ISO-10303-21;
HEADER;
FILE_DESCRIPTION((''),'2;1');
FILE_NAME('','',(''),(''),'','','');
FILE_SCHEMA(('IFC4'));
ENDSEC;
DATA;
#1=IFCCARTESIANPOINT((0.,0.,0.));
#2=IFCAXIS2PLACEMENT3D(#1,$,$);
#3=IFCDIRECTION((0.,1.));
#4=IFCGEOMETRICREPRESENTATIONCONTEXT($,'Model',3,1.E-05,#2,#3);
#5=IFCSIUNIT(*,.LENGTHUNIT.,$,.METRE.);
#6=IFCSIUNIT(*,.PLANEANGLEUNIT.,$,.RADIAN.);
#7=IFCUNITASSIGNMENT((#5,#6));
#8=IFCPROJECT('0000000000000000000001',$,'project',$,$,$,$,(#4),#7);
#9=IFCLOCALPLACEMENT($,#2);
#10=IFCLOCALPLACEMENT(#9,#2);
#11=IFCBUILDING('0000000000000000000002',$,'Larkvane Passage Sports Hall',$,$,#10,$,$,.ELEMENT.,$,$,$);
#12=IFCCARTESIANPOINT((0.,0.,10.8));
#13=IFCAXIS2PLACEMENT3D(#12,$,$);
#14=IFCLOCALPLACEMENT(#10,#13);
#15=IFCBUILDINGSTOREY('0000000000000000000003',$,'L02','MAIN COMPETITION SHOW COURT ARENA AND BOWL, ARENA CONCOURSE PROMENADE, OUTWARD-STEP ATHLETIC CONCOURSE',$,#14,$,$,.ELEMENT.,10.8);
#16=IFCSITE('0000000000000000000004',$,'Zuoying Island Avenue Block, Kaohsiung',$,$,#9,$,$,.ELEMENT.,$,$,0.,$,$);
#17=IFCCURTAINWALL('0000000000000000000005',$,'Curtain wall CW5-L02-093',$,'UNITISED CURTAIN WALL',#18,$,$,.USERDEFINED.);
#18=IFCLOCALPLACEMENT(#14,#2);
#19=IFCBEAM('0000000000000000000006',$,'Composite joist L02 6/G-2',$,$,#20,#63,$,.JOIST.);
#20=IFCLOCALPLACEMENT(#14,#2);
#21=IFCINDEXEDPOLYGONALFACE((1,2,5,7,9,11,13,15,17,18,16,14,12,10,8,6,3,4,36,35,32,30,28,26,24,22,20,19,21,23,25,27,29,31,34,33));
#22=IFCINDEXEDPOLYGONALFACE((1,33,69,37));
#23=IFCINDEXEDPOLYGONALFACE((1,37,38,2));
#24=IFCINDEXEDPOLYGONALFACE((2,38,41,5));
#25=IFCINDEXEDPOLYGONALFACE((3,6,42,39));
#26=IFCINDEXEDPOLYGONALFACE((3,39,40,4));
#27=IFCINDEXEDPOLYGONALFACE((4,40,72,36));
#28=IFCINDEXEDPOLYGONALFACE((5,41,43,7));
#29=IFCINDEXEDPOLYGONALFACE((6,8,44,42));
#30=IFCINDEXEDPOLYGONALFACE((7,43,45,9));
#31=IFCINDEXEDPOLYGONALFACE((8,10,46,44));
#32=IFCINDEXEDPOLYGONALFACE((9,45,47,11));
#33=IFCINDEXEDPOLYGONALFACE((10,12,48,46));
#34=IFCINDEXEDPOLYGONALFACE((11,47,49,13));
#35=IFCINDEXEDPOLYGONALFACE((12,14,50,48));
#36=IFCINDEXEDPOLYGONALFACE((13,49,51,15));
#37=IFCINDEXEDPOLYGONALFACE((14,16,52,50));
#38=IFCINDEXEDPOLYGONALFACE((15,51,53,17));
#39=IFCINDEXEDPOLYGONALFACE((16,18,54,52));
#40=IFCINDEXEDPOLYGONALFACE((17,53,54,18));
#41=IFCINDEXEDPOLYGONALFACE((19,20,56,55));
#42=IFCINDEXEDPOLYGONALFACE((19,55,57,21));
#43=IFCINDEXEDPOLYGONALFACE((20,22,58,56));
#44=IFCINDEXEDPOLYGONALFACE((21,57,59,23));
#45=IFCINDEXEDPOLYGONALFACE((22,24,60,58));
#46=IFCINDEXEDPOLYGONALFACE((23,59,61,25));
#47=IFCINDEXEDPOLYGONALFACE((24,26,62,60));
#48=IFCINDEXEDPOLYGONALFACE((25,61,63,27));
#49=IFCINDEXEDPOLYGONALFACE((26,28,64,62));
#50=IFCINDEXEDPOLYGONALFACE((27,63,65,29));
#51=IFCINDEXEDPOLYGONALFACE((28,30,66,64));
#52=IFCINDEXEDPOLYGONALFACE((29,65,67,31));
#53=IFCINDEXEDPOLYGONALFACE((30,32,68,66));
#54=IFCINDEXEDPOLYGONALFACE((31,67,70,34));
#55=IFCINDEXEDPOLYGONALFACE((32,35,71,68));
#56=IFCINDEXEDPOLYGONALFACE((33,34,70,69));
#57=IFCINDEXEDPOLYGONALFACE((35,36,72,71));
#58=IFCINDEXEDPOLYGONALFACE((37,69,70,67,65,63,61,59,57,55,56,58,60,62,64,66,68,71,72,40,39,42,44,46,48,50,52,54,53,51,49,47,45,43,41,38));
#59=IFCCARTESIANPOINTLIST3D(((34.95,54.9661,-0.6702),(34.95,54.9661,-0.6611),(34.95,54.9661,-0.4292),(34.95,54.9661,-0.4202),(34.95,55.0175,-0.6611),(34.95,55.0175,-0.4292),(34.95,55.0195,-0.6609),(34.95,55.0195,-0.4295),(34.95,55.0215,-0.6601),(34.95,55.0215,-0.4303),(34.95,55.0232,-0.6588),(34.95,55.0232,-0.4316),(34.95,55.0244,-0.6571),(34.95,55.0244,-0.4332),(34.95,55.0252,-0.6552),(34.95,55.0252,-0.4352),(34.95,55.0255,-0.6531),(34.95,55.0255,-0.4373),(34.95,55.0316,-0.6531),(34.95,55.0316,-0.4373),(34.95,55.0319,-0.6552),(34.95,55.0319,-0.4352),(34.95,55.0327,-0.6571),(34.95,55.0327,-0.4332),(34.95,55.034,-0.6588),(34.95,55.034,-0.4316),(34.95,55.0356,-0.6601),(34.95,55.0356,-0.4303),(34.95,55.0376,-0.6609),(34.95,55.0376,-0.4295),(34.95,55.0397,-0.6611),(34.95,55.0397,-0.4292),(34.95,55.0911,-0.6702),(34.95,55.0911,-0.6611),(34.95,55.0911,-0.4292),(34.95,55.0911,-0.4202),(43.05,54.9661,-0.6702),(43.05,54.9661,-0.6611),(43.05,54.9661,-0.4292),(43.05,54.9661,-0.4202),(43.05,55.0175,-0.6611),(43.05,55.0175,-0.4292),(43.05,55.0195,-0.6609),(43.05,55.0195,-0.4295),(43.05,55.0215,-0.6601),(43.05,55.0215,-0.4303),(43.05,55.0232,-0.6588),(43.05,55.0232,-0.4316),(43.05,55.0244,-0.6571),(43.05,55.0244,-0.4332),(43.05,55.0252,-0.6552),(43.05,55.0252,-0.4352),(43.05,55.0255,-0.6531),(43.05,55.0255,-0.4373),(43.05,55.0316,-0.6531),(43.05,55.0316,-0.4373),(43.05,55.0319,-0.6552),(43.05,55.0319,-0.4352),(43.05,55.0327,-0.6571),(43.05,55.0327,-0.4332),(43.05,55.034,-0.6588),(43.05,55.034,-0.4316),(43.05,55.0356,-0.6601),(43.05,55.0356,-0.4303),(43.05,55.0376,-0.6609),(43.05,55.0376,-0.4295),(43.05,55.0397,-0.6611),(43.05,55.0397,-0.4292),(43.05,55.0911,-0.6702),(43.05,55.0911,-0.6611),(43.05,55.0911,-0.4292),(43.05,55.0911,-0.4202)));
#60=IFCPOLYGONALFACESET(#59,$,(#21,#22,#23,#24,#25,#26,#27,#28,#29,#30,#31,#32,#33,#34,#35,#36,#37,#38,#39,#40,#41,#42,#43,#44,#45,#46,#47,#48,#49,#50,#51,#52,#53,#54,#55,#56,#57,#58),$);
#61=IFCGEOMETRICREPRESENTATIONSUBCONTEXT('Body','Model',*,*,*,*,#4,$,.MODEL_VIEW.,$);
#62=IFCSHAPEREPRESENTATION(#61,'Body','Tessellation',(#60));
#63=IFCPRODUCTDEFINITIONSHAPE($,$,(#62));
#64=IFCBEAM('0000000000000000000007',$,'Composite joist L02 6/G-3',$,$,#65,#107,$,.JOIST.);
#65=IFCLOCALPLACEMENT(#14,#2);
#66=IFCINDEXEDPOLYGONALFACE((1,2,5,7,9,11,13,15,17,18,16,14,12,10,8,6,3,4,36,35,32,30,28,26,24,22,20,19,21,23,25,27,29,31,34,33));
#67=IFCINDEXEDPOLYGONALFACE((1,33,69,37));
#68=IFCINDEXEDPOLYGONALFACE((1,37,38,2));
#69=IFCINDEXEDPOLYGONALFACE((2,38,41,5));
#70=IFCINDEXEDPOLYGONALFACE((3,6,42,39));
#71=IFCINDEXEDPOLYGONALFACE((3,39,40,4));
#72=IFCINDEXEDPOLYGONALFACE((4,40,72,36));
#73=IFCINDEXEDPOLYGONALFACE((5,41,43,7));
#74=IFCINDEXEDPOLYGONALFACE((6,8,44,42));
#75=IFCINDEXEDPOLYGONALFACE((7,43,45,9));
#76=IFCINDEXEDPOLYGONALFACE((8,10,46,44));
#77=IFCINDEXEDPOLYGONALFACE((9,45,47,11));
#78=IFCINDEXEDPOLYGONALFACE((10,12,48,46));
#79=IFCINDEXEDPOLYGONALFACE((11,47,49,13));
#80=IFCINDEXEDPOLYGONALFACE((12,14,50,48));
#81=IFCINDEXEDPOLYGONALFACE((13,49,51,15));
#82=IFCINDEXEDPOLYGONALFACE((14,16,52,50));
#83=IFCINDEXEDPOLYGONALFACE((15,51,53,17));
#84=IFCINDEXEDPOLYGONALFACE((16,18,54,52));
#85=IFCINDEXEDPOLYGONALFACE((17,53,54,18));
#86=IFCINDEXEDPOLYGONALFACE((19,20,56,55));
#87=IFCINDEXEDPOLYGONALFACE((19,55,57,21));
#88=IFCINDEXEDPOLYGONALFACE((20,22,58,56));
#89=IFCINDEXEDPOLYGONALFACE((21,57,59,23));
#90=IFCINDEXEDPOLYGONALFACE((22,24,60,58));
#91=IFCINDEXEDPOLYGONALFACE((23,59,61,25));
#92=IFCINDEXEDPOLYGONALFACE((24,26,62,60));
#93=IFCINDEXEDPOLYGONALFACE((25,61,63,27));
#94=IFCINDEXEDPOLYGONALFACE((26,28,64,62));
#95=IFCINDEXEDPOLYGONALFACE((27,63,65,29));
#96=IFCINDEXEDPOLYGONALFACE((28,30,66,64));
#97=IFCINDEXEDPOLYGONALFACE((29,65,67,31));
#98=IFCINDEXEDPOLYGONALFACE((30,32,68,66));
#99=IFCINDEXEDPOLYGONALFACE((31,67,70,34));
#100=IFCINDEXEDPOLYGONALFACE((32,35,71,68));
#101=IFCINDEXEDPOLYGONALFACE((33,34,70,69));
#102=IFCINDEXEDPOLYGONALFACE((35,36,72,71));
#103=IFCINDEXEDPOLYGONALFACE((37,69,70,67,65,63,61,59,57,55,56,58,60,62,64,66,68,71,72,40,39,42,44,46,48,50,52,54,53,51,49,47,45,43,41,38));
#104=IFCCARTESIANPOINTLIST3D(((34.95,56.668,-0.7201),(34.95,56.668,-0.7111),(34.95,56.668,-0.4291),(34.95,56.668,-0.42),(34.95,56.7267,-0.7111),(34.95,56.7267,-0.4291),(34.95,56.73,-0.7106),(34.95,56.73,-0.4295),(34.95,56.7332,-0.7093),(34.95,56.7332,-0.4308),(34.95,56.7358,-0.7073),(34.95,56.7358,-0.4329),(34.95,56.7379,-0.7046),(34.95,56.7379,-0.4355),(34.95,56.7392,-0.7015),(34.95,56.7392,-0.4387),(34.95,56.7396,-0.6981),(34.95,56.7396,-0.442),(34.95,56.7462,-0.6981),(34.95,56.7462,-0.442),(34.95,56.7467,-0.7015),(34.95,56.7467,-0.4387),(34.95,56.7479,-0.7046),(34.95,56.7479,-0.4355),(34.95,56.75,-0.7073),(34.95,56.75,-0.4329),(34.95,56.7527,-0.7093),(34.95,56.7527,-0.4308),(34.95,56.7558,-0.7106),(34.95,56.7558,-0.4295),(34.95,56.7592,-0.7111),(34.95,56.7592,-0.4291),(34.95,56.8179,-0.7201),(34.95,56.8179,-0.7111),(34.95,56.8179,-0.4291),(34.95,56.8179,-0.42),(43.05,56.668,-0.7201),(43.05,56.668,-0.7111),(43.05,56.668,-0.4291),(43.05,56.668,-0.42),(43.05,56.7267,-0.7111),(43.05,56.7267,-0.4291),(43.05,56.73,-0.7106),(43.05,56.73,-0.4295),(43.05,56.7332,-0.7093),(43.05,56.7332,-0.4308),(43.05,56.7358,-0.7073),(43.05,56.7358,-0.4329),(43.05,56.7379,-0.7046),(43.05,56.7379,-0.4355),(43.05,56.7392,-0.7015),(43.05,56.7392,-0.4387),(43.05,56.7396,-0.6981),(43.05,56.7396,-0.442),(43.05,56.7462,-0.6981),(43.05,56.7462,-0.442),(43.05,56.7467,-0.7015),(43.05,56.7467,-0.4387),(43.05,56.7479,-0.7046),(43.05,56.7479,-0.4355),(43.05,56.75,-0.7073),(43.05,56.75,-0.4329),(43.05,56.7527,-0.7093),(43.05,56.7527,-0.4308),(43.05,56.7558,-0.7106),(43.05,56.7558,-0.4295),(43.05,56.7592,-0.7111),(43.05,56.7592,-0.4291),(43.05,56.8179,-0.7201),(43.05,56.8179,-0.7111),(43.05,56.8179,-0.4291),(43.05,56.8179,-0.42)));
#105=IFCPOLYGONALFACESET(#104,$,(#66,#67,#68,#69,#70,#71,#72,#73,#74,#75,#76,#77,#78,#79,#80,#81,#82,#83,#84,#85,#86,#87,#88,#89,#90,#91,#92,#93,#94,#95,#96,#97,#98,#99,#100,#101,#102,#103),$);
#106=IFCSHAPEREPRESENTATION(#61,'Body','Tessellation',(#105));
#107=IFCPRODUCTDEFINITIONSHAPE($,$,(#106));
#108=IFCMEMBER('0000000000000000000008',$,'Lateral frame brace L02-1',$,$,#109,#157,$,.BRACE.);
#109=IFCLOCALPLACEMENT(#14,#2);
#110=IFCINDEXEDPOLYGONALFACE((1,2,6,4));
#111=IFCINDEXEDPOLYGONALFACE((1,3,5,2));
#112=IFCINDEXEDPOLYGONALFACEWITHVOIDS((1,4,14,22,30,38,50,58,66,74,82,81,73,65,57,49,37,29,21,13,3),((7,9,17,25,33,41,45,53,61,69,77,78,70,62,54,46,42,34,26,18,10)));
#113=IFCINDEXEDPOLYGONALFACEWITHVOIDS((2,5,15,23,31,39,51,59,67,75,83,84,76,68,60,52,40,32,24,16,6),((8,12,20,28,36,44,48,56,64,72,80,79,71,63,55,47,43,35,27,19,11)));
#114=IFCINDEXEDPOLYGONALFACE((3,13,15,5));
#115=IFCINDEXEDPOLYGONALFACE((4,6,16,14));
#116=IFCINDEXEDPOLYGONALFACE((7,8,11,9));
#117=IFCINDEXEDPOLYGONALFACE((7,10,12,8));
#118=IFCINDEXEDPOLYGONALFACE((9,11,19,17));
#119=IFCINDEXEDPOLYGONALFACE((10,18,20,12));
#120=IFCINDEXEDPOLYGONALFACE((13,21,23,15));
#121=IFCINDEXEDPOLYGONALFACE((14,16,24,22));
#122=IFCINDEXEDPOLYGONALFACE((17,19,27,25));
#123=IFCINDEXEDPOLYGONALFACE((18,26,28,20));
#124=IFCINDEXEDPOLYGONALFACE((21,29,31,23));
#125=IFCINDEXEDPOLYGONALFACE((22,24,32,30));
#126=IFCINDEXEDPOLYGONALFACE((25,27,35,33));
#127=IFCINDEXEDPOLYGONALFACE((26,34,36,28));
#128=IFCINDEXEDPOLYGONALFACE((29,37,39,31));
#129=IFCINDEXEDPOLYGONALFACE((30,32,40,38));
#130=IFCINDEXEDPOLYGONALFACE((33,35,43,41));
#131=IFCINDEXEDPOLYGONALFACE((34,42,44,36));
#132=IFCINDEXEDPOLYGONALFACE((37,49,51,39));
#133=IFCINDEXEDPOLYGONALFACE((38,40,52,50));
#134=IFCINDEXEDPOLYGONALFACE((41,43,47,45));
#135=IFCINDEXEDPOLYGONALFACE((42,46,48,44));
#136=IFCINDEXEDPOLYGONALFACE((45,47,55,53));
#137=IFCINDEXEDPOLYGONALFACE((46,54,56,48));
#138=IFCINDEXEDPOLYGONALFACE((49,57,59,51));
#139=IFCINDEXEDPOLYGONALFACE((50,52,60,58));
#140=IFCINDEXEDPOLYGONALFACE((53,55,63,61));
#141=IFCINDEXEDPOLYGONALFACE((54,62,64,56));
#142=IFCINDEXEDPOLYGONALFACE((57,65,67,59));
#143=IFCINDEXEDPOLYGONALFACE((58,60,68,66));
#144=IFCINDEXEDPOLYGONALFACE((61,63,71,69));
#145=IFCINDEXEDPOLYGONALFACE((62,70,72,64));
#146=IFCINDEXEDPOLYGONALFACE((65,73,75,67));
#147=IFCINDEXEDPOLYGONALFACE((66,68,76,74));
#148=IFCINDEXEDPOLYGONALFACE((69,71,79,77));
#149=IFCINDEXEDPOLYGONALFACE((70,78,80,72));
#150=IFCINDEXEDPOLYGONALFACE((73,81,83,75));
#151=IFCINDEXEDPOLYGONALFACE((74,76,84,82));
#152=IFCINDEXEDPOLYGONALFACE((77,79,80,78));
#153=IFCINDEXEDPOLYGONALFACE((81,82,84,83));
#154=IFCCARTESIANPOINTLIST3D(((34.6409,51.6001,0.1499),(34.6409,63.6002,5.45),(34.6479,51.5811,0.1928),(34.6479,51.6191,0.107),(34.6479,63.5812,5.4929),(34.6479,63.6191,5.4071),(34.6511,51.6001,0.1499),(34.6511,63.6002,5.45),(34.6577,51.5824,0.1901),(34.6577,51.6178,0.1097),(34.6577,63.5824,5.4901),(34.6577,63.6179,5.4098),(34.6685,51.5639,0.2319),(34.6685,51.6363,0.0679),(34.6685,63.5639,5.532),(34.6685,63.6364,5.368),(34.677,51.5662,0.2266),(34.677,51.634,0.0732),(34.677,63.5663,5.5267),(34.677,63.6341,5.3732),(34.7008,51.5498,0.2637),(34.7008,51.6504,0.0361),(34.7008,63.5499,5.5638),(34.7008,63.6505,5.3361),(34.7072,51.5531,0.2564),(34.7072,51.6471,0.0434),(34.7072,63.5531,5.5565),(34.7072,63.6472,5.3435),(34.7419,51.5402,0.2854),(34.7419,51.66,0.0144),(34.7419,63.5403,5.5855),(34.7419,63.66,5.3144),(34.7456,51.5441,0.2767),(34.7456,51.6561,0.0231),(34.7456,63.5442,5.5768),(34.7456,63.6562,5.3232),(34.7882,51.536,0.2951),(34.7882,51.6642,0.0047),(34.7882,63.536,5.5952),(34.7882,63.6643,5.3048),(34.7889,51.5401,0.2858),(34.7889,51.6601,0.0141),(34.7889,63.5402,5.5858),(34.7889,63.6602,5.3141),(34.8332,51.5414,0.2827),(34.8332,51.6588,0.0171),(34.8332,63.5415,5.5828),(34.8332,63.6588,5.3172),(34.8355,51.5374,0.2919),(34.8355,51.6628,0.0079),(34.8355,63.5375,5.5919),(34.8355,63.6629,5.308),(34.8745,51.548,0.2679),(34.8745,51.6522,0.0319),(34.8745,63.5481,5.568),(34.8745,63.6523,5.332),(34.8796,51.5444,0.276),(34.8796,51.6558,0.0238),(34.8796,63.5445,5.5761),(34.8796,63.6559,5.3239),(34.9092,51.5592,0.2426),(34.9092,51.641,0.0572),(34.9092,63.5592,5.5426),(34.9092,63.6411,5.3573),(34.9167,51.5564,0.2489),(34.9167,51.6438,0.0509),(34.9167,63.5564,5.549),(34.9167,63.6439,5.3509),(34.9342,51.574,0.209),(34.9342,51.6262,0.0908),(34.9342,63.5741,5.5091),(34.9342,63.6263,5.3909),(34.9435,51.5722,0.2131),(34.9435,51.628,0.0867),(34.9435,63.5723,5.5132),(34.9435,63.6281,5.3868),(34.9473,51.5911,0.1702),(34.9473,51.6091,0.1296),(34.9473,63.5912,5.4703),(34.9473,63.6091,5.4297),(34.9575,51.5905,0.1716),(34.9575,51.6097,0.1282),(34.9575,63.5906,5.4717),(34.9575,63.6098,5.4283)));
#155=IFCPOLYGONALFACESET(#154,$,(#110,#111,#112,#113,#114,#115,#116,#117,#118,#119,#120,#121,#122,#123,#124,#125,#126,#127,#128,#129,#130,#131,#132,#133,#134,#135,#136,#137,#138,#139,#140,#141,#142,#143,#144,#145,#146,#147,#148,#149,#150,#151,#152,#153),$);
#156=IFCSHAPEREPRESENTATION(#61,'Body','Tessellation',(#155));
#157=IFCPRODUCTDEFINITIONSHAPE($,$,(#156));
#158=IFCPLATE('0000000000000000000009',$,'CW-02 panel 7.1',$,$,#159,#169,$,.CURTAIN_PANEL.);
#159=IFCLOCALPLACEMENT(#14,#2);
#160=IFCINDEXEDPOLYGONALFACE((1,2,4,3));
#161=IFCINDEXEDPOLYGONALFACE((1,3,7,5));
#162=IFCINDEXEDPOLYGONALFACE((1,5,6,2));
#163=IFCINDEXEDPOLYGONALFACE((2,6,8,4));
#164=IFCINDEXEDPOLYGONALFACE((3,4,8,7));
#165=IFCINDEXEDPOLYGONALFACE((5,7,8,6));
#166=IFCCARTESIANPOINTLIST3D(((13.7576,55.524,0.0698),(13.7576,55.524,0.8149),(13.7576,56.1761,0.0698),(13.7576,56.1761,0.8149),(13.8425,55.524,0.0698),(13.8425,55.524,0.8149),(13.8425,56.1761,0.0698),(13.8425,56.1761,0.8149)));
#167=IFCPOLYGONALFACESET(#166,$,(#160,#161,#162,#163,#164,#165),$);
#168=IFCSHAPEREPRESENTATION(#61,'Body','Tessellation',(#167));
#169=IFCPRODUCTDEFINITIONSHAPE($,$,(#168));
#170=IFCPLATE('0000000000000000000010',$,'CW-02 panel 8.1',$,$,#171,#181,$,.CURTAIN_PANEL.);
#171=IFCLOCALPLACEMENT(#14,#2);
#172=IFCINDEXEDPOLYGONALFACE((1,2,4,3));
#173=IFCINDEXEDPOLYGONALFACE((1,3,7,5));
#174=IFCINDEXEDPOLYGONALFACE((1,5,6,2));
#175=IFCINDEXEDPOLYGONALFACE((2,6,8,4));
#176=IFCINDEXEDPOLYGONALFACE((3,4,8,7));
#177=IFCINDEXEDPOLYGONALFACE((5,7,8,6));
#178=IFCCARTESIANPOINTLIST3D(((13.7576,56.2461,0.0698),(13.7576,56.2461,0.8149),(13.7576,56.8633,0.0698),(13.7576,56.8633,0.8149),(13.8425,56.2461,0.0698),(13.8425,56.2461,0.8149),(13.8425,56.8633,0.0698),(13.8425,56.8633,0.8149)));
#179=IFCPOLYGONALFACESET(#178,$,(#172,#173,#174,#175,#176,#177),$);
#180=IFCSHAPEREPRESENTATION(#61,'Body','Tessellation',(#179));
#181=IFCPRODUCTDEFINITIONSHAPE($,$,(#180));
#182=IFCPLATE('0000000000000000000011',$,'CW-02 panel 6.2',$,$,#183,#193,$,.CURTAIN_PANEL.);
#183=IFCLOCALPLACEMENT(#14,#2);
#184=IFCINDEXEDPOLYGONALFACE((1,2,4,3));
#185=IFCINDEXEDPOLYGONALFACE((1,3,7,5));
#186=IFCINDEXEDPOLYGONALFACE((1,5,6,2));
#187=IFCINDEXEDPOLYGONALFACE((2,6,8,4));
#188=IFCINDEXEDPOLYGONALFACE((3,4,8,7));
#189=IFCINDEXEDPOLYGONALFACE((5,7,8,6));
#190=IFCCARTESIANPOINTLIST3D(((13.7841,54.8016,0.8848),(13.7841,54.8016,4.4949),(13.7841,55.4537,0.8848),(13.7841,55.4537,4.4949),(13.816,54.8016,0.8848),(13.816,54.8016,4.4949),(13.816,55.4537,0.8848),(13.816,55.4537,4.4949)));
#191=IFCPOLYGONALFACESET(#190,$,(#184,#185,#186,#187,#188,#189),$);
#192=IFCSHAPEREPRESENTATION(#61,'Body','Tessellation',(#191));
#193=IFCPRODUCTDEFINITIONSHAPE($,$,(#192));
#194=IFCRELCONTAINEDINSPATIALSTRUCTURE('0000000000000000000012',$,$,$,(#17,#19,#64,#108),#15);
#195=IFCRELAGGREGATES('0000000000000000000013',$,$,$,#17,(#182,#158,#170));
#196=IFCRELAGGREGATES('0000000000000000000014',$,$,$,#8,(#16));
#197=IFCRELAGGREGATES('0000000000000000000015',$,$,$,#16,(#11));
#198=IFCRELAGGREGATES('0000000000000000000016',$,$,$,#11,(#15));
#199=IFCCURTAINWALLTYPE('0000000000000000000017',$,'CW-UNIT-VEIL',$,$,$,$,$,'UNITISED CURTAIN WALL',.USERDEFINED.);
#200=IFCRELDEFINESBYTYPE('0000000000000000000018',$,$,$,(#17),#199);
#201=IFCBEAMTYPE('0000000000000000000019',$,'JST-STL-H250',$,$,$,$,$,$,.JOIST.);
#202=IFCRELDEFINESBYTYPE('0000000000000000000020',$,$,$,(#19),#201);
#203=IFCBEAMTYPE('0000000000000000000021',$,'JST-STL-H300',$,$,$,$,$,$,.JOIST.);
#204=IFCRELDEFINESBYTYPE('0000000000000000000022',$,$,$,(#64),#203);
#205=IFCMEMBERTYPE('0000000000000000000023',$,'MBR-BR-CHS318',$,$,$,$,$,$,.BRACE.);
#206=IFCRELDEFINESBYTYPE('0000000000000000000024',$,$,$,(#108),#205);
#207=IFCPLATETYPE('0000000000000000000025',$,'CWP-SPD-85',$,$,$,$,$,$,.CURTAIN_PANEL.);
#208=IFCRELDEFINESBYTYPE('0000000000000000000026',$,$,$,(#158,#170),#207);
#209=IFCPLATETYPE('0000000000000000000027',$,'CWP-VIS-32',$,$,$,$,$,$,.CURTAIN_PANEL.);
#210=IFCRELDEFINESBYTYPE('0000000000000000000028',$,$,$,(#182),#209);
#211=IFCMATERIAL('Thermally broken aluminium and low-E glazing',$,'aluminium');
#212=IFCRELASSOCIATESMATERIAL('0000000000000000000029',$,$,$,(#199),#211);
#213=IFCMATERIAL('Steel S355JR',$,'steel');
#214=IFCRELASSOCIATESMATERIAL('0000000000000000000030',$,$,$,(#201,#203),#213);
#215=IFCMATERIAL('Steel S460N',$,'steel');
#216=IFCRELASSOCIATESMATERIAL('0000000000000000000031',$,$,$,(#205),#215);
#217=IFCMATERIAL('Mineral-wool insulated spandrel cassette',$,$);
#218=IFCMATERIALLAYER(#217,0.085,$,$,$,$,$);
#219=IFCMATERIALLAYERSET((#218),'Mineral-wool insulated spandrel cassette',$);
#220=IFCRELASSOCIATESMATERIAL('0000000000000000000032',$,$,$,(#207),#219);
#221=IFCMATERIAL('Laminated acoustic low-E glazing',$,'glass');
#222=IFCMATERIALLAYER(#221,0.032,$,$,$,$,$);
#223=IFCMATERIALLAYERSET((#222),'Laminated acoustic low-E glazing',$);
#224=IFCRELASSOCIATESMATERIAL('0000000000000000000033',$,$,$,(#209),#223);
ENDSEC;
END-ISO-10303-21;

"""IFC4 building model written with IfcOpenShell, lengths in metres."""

from ifc_helpers import new_model, si_unit, direction, frame, origin, origin_2d, place, context, subcontext, project, spatial, rectangle, hollow_circle, i_section, extrude, material, layer, layer_set, material_profile, profile_set, type_object, element, aggregate, save


model = new_model("IFC4")

# Units and contexts
model_context = context("Model", 3, precision=1e-05, world=origin(), true_north=direction((0.0, 1.0)))
body_context = subcontext(model_context, "Body", "Model", "MODEL_VIEW")
ifc_project = project(units=[si_unit("LENGTHUNIT", "METRE"), si_unit("PLANEANGLEUNIT", "RADIAN")], contexts=[model_context])

# Site, building, storey
site_placement = place(None, origin())
site = spatial("IfcSite", under=ifc_project, at=site_placement, Name="Zuoying Island Avenue Block, Kaohsiung", CompositionType="ELEMENT", RefElevation=0.0)
building_placement = place(site_placement, origin())
building = spatial("IfcBuilding", under=site, at=building_placement, Name="Larkvane Passage Sports Hall", CompositionType="ELEMENT")
storey_placement = place(building_placement, frame((0.0, 0.0, 10.8)))
storey = spatial("IfcBuildingStorey", under=building, at=storey_placement, Name="L02", Description="MAIN COMPETITION SHOW COURT ARENA AND BOWL, ARENA CONCOURSE PROMENADE, OUTWARD-STEP ATHLETIC CONCOURSE", CompositionType="ELEMENT", Elevation=10.8)

# Shared definitions
ifc_material_1 = material(Name="Steel S460N", Category="steel")

# Shared definitions
ifc_material_2 = material(Name="Steel S355JR", Category="steel")

# Curtain wall
ifc_material_3 = material(Name="Thermally broken aluminium and low-E glazing", Category="aluminium")
curtain_wall_type = type_object("IfcCurtainWallType", Name="CW-UNIT-VEIL", ElementType="UNITISED CURTAIN WALL", PredefinedType="USERDEFINED", material=ifc_material_3)
curtain_wall_placement = place(storey_placement, origin())
curtain_wall = element("IfcCurtainWall", 1, at=curtain_wall_placement, inside=storey, type_object=curtain_wall_type, Name="Curtain wall CW5-L02-093", ObjectType="UNITISED CURTAIN WALL", PredefinedType="USERDEFINED")

# Beams
ifc_material_profile_1 = material_profile(ifc_material_2, i_section(OverallWidth=0.125, OverallDepth=0.25, WebThickness=0.0061, FlangeThickness=0.009, FilletRadius=0.0081, at=origin_2d()), Name="H-250x125x6x9")
ifc_profile_set_1 = profile_set([ifc_material_profile_1], Name="Steel S355JR")
beam_type_1 = type_object("IfcBeamType", Name="JST-STL-H250", PredefinedType="JOIST", material=ifc_profile_set_1)
beam_1_placement = place(storey_placement, frame((34.95, 55.0286, -0.5452), z_axis=(1.0, 0.0, 0.0), x_axis=(0.0, 1.0, 0.0)))
element("IfcBeam", 2, at=beam_1_placement, inside=storey, type_object=beam_type_1, Name="Composite joist L02 6/G-2", PredefinedType="JOIST", context=body_context, shape_type="SweptSolid", body=[
    extrude(i_section(OverallWidth=0.125, OverallDepth=0.25, WebThickness=0.0061, FlangeThickness=0.009, FilletRadius=0.0081, at=origin_2d()), origin(), (0.0, 0.0, 1.0), 8.1001),
])
ifc_material_profile_2 = material_profile(ifc_material_2, i_section(OverallWidth=0.1499, OverallDepth=0.3, WebThickness=0.0066, FlangeThickness=0.009, FilletRadius=0.0129, at=origin_2d()), Name="H-300x150x6.5x9")
ifc_profile_set_2 = profile_set([ifc_material_profile_2], Name="Steel S355JR")
beam_type_2 = type_object("IfcBeamType", Name="JST-STL-H300", PredefinedType="JOIST", material=ifc_profile_set_2)
beam_2_placement = place(storey_placement, frame((34.95, 56.7429, -0.5701), z_axis=(1.0, 0.0, 0.0), x_axis=(0.0, 1.0, 0.0)))
element("IfcBeam", 3, at=beam_2_placement, inside=storey, type_object=beam_type_2, Name="Composite joist L02 6/G-3", PredefinedType="JOIST", context=body_context, shape_type="SweptSolid", body=[
    extrude(i_section(OverallWidth=0.1499, OverallDepth=0.3, WebThickness=0.0066, FlangeThickness=0.009, FilletRadius=0.0129, at=origin_2d()), origin(), (0.0, 0.0, 1.0), 8.1001),
])

# Member
ifc_material_profile_3 = material_profile(ifc_material_1, hollow_circle(Radius=0.1592, WallThickness=0.0103, at=origin_2d()), Name="CHS-318.5x10.3")
ifc_profile_set_3 = profile_set([ifc_material_profile_3], Name="Steel S460N")
member_type_1 = type_object("IfcMemberType", Name="MBR-BR-CHS318", PredefinedType="BRACE", material=ifc_profile_set_3)
member_1_placement = place(storey_placement, frame((34.8, 51.6001, 0.1499), z_axis=(0.0, 0.914751, 0.404019), x_axis=(-1.0, 0.0, 0.0)))
element("IfcMember", 4, at=member_1_placement, inside=storey, type_object=member_type_1, Name="Lateral frame brace L02-1", PredefinedType="BRACE", context=body_context, shape_type="SweptSolid", body=[
    extrude(hollow_circle(Radius=0.1592, WallThickness=0.0103, at=origin_2d()), origin(), (0.0, 0.0, 1.0), 13.1184),
])

# Plates
ifc_material_4 = material(Name="Mineral-wool insulated spandrel cassette")
ifc_layer_1 = layer(ifc_material_4, 0.085)
ifc_layer_set_1 = layer_set([ifc_layer_1], Name="Mineral-wool insulated spandrel cassette")
plate_type_1 = type_object("IfcPlateType", Name="CWP-SPD-85", PredefinedType="CURTAIN_PANEL", material=ifc_layer_set_1)
plate_1_placement = place(storey_placement, frame((13.8, 55.8501, 0.0698), z_axis=(0.0, 0.0, 1.0), x_axis=(0.0, 1.0, 0.0)))
plate_1 = element("IfcPlate", 5, at=plate_1_placement, type_object=plate_type_1, Name="CW-02 panel 7.1", PredefinedType="CURTAIN_PANEL", context=body_context, shape_type="SweptSolid", body=[
    extrude(rectangle(XDim=0.6521, YDim=0.085, at=origin_2d()), origin(), (0.0, 0.0, 1.0), 0.7451),
])
plate_2_placement = place(storey_placement, frame((13.8, 56.5547, 0.0698), z_axis=(0.0, 0.0, 1.0), x_axis=(0.0, 1.0, 0.0)))
plate_2 = element("IfcPlate", 6, at=plate_2_placement, type_object=plate_type_1, Name="CW-02 panel 8.1", PredefinedType="CURTAIN_PANEL", context=body_context, shape_type="SweptSolid", body=[
    extrude(rectangle(XDim=0.6172, YDim=0.085, at=origin_2d()), origin(), (0.0, 0.0, 1.0), 0.7451),
])
ifc_material_5 = material(Name="Laminated acoustic low-E glazing", Category="glass")
ifc_layer_2 = layer(ifc_material_5, 0.032)
ifc_layer_set_2 = layer_set([ifc_layer_2], Name="Laminated acoustic low-E glazing")
plate_type_2 = type_object("IfcPlateType", Name="CWP-VIS-32", PredefinedType="CURTAIN_PANEL", material=ifc_layer_set_2)
plate_3_placement = place(storey_placement, frame((13.8, 55.1277, 0.8848), z_axis=(0.0, 0.0, 1.0), x_axis=(0.0, 1.0, 0.0)))
plate_3 = element("IfcPlate", 7, at=plate_3_placement, type_object=plate_type_2, Name="CW-02 panel 6.2", PredefinedType="CURTAIN_PANEL", context=body_context, shape_type="SweptSolid", body=[
    extrude(rectangle(XDim=0.6521, YDim=0.032, at=origin_2d()), origin(), (0.0, 0.0, 1.0), 3.6101),
])
aggregate(curtain_wall, [plate_3, plate_1, plate_2])

save(model, "model.ifc")
